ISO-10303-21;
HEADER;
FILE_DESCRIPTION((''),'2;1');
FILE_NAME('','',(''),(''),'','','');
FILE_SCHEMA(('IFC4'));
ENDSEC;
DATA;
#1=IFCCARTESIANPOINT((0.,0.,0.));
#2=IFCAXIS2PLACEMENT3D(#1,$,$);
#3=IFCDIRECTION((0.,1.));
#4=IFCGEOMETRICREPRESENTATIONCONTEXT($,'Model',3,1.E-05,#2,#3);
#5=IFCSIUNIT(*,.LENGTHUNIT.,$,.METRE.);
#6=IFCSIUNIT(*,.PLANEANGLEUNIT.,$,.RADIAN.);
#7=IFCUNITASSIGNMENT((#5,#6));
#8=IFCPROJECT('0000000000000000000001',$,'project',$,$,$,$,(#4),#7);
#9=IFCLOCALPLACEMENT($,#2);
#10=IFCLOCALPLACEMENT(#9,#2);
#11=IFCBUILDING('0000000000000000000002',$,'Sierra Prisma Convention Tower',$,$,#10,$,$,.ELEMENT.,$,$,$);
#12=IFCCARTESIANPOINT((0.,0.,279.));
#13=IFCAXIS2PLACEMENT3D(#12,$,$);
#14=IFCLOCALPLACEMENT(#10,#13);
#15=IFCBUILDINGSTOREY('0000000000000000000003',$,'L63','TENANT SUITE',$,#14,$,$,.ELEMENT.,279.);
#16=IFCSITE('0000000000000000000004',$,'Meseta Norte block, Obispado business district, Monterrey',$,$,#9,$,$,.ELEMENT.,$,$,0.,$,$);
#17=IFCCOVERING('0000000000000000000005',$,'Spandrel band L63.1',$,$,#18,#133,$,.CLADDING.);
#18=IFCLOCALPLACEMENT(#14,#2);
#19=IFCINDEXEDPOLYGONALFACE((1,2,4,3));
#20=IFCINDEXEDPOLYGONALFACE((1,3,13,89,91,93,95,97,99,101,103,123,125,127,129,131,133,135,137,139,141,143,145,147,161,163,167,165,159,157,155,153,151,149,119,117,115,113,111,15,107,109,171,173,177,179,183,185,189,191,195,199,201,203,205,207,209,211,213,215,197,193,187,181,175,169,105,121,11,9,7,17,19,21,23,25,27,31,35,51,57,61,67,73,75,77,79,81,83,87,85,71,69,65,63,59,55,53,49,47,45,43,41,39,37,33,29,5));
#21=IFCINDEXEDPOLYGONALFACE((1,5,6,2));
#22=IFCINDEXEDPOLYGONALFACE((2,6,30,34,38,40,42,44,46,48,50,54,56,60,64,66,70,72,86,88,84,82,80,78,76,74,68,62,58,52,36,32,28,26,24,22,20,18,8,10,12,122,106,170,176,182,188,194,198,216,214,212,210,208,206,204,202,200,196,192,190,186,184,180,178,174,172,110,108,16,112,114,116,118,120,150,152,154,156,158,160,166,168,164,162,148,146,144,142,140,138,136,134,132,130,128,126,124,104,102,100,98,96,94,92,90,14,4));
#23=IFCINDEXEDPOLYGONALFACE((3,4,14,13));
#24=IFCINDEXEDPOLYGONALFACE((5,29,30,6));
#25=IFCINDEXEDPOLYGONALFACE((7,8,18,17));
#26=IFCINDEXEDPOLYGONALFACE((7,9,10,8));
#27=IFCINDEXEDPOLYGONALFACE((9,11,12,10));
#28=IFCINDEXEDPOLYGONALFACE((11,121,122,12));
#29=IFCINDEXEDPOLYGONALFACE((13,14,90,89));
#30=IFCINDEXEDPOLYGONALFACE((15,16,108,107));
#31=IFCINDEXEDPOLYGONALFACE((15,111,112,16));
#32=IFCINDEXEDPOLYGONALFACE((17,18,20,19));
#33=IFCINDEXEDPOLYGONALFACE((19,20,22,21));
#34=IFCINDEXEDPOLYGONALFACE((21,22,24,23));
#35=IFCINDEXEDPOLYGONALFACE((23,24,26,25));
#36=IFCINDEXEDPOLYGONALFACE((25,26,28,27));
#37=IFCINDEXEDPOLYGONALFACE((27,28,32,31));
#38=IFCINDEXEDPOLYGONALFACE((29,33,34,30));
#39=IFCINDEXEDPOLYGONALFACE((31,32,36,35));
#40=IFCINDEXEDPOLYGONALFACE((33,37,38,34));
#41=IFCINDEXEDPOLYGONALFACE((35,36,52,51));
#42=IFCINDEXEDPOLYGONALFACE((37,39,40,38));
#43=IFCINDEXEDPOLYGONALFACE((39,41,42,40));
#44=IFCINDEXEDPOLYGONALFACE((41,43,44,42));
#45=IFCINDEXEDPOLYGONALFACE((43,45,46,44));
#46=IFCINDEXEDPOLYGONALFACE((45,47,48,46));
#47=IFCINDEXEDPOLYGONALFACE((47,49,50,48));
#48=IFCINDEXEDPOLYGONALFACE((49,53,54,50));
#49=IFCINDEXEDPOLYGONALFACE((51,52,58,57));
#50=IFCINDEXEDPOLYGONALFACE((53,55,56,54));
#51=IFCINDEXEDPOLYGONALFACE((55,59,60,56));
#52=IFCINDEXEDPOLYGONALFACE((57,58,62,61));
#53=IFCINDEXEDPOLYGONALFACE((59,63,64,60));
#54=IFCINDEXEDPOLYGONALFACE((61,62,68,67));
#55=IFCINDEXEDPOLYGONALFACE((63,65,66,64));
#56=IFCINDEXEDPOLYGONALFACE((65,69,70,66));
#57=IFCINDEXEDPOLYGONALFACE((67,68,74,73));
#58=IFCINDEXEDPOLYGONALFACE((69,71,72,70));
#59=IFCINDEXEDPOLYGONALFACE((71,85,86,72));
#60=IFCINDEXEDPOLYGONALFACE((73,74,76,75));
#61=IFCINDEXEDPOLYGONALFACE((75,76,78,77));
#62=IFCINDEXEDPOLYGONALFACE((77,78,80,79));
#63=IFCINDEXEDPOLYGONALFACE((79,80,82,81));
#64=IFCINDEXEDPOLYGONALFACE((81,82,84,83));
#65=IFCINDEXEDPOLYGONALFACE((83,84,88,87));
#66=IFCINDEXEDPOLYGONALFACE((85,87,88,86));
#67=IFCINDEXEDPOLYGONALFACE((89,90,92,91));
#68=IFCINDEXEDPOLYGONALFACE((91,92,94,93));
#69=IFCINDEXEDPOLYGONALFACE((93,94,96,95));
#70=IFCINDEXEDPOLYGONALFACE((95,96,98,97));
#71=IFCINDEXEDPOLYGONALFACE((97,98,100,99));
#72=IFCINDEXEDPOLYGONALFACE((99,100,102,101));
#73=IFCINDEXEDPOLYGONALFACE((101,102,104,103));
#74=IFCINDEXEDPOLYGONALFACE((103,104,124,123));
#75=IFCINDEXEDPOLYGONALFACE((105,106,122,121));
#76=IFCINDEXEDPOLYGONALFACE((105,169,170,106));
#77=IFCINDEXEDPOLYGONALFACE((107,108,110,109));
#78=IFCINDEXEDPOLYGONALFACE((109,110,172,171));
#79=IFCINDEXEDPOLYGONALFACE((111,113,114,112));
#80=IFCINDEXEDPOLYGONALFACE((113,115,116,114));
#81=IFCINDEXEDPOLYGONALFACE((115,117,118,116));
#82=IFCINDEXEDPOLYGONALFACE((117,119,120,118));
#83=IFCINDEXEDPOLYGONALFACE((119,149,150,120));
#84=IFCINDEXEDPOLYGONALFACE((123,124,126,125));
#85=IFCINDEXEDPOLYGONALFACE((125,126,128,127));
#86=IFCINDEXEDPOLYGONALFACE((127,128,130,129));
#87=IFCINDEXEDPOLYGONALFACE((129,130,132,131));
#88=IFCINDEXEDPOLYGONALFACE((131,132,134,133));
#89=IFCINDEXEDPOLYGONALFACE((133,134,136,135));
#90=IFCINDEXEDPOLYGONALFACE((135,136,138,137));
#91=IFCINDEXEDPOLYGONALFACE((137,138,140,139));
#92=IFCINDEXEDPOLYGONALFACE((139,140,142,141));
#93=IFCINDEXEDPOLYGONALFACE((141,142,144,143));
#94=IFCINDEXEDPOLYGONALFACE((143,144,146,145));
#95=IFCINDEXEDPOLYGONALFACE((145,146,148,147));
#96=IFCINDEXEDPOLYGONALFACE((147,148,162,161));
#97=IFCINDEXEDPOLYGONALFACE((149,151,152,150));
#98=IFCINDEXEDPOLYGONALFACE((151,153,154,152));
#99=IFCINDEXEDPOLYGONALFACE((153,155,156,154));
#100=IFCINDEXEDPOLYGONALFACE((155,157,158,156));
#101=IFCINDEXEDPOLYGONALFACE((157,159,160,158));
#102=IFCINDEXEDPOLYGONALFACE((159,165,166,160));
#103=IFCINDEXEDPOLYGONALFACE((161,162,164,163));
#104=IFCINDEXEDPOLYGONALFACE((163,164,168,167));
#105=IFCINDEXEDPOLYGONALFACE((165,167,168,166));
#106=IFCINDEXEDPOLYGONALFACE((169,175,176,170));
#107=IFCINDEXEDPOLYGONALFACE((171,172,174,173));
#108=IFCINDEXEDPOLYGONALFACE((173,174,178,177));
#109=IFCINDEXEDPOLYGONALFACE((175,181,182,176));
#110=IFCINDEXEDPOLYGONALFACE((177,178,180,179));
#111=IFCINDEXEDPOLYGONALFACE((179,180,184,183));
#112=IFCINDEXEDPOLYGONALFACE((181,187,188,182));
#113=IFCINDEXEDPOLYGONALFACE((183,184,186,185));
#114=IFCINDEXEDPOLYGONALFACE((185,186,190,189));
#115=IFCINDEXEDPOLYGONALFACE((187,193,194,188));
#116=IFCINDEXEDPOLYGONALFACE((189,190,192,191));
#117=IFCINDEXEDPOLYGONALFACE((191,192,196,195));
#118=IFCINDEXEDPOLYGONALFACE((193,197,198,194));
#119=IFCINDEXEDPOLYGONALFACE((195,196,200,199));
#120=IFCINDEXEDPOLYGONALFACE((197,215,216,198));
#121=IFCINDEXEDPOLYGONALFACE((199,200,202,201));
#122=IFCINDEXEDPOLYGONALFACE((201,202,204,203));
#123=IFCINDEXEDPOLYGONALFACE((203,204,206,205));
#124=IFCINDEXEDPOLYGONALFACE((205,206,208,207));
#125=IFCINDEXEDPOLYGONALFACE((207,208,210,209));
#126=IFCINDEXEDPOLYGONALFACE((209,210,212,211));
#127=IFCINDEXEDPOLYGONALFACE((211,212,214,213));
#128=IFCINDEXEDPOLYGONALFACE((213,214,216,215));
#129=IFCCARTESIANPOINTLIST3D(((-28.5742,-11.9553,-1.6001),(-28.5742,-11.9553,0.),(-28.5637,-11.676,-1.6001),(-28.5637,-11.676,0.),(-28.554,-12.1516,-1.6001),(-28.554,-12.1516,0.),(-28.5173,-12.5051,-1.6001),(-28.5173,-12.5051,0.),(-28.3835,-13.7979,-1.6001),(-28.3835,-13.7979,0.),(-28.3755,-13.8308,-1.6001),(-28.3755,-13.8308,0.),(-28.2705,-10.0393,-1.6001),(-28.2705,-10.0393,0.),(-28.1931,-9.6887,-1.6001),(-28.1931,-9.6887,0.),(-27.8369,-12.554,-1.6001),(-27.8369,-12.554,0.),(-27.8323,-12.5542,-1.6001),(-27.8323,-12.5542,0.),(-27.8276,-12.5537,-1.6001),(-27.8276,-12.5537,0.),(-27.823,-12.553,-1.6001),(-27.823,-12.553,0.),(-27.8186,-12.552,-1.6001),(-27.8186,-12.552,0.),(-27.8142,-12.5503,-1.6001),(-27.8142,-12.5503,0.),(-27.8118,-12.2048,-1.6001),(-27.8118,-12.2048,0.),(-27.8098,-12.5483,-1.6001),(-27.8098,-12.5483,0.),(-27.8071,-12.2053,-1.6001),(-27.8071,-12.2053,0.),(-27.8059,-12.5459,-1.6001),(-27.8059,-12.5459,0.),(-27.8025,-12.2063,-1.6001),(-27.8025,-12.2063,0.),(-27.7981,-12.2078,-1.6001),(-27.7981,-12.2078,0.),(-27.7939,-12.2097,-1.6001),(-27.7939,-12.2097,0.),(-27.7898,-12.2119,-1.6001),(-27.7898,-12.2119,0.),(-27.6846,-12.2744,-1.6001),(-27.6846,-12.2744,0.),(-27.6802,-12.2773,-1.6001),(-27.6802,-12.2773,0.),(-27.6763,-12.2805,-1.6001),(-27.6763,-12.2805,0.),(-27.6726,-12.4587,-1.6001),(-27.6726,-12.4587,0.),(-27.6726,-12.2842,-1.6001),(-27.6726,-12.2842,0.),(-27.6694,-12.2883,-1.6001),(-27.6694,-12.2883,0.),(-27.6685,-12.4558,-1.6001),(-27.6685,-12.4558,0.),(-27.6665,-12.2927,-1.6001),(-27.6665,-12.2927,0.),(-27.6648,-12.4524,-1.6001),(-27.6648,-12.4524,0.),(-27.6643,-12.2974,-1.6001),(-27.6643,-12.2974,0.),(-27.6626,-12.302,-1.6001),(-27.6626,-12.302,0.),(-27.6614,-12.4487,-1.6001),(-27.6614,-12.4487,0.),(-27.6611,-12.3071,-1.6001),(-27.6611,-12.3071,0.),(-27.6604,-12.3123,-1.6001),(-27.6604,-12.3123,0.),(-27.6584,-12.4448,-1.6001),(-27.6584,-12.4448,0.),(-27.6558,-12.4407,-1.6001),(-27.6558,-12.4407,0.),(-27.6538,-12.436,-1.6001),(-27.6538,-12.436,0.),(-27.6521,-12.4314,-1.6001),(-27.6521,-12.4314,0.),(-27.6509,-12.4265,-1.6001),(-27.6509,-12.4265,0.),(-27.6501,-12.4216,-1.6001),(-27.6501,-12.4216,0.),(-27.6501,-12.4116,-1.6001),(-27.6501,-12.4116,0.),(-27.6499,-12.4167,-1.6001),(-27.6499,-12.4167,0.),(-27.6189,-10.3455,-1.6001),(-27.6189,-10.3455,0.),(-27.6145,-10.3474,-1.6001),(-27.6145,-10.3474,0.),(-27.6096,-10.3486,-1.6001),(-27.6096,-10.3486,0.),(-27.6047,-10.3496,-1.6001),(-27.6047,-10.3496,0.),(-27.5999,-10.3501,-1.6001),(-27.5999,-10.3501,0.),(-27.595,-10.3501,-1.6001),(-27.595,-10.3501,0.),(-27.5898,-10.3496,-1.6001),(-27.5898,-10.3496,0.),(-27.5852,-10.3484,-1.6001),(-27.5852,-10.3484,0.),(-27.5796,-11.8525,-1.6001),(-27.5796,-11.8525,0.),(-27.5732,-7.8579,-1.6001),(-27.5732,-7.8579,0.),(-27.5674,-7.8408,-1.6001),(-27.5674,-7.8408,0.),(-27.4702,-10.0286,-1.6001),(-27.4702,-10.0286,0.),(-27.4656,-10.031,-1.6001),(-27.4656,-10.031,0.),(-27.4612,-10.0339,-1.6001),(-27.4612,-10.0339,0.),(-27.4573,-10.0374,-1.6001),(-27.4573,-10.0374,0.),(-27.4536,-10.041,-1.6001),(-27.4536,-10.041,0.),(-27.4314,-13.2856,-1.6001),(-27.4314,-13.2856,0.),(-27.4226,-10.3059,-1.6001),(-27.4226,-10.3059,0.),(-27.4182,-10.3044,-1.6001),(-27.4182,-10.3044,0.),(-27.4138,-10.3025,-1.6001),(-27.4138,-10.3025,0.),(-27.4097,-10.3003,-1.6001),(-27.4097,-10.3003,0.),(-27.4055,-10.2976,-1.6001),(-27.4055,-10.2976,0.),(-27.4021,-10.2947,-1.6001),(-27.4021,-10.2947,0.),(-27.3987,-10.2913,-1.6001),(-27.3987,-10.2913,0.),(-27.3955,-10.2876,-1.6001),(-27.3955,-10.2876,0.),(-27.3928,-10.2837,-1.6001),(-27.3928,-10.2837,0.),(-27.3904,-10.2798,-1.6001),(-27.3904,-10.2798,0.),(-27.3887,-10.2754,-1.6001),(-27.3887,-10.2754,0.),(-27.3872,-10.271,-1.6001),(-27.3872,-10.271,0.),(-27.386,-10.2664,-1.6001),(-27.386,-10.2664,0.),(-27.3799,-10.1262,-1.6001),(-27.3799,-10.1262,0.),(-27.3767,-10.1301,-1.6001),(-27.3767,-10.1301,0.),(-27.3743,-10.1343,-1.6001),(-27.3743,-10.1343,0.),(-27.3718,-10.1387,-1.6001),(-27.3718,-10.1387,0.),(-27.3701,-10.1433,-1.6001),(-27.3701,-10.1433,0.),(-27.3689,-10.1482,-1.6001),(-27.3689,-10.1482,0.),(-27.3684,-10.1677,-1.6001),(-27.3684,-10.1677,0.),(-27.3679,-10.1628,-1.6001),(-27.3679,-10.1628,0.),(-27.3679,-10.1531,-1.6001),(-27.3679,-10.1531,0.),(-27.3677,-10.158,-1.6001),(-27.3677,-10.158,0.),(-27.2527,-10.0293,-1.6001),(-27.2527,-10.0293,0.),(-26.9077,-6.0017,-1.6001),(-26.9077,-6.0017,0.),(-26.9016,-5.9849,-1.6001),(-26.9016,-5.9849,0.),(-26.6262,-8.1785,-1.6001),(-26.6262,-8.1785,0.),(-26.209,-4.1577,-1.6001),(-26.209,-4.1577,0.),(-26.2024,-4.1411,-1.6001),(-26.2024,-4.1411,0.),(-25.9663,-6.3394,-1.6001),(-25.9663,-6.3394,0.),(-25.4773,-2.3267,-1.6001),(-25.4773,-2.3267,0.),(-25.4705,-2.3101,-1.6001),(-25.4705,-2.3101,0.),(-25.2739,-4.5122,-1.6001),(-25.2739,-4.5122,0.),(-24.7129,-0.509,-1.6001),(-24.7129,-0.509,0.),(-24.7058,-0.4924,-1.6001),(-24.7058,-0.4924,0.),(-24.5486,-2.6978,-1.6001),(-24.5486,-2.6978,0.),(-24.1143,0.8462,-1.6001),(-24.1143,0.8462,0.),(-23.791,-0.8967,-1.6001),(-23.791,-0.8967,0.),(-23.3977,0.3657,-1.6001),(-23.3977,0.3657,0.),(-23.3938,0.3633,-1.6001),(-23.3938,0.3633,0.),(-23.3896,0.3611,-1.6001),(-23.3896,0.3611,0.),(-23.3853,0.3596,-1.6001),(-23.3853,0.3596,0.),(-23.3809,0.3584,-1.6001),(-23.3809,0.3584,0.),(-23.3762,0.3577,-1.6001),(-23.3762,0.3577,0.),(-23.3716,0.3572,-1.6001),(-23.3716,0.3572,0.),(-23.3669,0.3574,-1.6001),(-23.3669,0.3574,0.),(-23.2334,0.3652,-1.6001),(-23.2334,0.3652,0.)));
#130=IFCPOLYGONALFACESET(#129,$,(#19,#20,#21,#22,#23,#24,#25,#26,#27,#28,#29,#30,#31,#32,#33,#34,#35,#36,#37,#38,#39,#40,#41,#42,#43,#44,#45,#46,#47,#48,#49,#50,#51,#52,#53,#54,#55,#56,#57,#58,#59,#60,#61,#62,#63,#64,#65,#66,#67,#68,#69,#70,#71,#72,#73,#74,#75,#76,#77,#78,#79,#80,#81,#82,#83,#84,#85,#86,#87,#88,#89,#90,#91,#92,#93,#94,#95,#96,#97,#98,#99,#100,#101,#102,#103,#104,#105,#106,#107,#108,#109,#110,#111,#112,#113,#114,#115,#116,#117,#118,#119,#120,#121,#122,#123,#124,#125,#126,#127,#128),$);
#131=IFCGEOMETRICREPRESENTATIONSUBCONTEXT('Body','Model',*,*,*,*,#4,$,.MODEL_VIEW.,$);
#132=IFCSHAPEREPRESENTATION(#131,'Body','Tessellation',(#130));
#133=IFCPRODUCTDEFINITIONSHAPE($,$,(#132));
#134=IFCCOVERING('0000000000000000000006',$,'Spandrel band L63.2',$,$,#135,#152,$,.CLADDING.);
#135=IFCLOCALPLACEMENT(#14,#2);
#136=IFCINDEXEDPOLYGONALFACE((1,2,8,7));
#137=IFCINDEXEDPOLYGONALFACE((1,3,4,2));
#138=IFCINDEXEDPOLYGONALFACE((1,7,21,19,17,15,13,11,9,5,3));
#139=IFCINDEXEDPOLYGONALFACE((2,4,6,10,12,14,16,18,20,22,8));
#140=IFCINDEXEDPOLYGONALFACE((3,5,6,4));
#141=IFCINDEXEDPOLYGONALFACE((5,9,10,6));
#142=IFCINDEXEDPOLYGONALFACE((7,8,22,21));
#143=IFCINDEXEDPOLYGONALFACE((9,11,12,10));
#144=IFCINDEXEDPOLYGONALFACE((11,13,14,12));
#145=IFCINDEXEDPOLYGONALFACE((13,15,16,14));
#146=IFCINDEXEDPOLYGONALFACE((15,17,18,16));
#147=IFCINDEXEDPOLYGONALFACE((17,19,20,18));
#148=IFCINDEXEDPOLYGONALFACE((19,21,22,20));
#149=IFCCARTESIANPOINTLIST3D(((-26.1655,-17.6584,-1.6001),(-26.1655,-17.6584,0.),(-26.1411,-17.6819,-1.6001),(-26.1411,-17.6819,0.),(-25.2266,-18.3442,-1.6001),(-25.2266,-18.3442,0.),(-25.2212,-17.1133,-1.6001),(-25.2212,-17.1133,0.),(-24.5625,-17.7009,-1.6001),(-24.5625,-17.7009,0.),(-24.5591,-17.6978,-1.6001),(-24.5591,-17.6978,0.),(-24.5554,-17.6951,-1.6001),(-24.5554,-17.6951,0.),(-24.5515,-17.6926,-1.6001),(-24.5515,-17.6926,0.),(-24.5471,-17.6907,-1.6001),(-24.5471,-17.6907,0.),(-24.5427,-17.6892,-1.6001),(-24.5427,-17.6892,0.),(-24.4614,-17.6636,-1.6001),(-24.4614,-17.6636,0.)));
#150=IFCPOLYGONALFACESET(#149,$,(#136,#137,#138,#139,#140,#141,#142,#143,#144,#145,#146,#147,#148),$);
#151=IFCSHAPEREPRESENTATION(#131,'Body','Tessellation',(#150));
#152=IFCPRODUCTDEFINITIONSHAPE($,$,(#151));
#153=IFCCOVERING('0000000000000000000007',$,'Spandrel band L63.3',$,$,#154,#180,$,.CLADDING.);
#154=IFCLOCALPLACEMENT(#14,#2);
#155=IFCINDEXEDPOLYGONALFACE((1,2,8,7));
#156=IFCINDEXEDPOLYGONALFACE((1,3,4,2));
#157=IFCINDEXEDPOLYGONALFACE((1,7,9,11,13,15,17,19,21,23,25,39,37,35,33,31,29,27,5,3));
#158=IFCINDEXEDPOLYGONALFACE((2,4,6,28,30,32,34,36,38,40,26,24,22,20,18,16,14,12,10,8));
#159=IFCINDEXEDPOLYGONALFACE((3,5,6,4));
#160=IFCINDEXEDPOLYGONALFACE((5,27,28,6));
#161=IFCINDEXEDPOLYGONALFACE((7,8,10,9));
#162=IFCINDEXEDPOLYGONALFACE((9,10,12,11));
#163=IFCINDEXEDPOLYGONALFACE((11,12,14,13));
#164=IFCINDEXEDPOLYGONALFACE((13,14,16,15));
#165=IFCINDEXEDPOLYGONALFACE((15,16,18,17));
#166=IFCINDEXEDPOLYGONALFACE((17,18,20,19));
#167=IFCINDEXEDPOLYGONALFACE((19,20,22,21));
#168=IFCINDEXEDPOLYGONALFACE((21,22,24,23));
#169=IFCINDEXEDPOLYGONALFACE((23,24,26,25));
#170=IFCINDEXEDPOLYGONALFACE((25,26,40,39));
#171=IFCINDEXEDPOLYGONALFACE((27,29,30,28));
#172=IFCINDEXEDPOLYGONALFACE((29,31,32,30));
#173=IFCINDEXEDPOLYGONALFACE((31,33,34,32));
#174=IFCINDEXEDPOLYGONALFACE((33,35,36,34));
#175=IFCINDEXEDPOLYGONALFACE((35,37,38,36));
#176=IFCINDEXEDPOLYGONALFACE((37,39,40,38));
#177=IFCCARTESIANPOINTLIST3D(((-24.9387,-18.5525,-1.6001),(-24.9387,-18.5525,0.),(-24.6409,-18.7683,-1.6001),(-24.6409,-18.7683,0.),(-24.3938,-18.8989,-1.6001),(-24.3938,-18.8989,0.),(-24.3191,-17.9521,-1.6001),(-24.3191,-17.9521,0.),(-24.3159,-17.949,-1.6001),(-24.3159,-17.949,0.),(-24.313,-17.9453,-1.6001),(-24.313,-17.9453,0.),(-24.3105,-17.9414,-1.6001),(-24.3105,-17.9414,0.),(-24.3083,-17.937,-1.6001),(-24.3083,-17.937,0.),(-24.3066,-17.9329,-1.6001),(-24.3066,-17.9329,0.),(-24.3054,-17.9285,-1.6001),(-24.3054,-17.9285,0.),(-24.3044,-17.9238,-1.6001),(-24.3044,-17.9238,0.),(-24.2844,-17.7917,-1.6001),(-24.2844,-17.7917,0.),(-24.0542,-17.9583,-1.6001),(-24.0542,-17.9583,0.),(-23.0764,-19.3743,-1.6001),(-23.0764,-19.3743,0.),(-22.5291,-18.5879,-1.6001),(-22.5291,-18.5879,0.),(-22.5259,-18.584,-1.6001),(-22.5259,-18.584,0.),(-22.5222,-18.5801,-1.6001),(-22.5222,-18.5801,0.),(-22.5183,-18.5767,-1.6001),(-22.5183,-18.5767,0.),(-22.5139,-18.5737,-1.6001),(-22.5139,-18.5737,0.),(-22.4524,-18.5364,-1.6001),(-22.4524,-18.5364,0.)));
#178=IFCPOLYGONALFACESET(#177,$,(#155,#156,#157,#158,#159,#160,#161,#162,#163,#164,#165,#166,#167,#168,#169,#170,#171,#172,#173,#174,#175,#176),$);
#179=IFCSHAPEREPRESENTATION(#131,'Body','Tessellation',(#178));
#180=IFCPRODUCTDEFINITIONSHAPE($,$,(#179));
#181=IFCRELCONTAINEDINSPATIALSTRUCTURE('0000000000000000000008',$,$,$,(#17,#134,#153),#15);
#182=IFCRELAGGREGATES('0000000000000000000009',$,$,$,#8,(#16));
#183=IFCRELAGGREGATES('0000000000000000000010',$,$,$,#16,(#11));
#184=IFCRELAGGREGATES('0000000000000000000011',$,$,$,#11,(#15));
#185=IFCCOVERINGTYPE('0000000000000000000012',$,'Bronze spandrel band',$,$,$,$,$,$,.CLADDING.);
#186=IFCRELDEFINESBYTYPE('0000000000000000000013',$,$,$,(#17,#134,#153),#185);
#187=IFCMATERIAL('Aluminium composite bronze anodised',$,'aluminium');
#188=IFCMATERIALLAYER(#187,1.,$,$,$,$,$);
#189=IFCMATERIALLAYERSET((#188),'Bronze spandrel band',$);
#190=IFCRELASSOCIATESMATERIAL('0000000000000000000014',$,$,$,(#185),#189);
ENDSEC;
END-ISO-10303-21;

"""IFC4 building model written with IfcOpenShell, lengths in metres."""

from ifc_helpers import new_model, si_unit, direction, frame, origin, place, context, subcontext, project, spatial, polyline, outline, extrude, material, layer, layer_set, type_object, element, save


model = new_model("IFC4")

# Units and contexts
model_context = context("Model", 3, precision=1e-05, world=origin(), true_north=direction((0.0, 1.0)))
body_context = subcontext(model_context, "Body", "Model", "MODEL_VIEW")
ifc_project = project(units=[si_unit("LENGTHUNIT", "METRE"), si_unit("PLANEANGLEUNIT", "RADIAN")], contexts=[model_context])

# Site, building, storey
site_placement = place(None, origin())
site = spatial("IfcSite", under=ifc_project, at=site_placement, Name="Meseta Norte block, Obispado business district, Monterrey", CompositionType="ELEMENT", RefElevation=0.0)
building_placement = place(site_placement, origin())
building = spatial("IfcBuilding", under=site, at=building_placement, Name="Sierra Prisma Convention Tower", CompositionType="ELEMENT")
storey_placement = place(building_placement, frame((0.0, 0.0, 279.0)))
storey = spatial("IfcBuildingStorey", under=building, at=storey_placement, Name="L63", Description="TENANT SUITE", CompositionType="ELEMENT", Elevation=279.0)

# Coverings
ifc_material_1 = material(Name="Aluminium composite bronze anodised", Category="aluminium")
ifc_layer_1 = layer(ifc_material_1, 1.0)
ifc_layer_set_1 = layer_set([ifc_layer_1], Name="Bronze spandrel band")
covering_type = type_object("IfcCoveringType", Name="Bronze spandrel band", PredefinedType="CLADDING", material=ifc_layer_set_1)
covering_1_placement = place(storey_placement, frame((0.0, 0.0, -1.6001)))
element("IfcCovering", 1, at=covering_1_placement, inside=storey, type_object=covering_type, Name="Spandrel band L63.1", PredefinedType="CLADDING", context=body_context, shape_type="SweptSolid", body=[
    extrude(outline(polyline([(-27.6604, -12.3123), (-27.6611, -12.3071), (-27.6626, -12.302), (-27.6643, -12.2974), (-27.6665, -12.2927), (-27.6694, -12.2883), (-27.6726, -12.2842), (-27.6763, -12.2805), (-27.6802, -12.2773), (-27.6846, -12.2744), (-27.7898, -12.2119), (-27.7939, -12.2097), (-27.7981, -12.2078), (-27.8025, -12.2063), (-27.8071, -12.2053), (-27.8118, -12.2048), (-28.554, -12.1516), (-28.5742, -11.9553), (-28.5637, -11.676), (-28.2705, -10.0393), (-27.6189, -10.3455), (-27.6145, -10.3474), (-27.6096, -10.3486), (-27.6047, -10.3496), (-27.5999, -10.3501), (-27.595, -10.3501), (-27.5898, -10.3496), (-27.5852, -10.3484), (-27.4226, -10.3059), (-27.4182, -10.3044), (-27.4138, -10.3025), (-27.4097, -10.3003), (-27.4055, -10.2976), (-27.4021, -10.2947), (-27.3987, -10.2913), (-27.3955, -10.2876), (-27.3928, -10.2837), (-27.3904, -10.2798), (-27.3887, -10.2754), (-27.3872, -10.271), (-27.386, -10.2664), (-27.3684, -10.1677), (-27.3679, -10.1628), (-27.3677, -10.158), (-27.3679, -10.1531), (-27.3689, -10.1482), (-27.3701, -10.1433), (-27.3718, -10.1387), (-27.3743, -10.1343), (-27.3767, -10.1301), (-27.3799, -10.1262), (-27.4536, -10.041), (-27.4573, -10.0374), (-27.4612, -10.0339), (-27.4656, -10.031), (-27.4702, -10.0286), (-28.1931, -9.6887), (-27.5732, -7.8579), (-27.5674, -7.8408), (-26.9077, -6.0017), (-26.9016, -5.9849), (-26.209, -4.1577), (-26.2024, -4.1411), (-25.4773, -2.3267), (-25.4705, -2.3101), (-24.7129, -0.509), (-24.7058, -0.4924), (-24.1143, 0.8462), (-23.3977, 0.3657), (-23.3938, 0.3633), (-23.3896, 0.3611), (-23.3853, 0.3596), (-23.3809, 0.3584), (-23.3762, 0.3577), (-23.3716, 0.3572), (-23.3669, 0.3574), (-23.2334, 0.3652), (-23.791, -0.8967), (-24.5486, -2.6978), (-25.2739, -4.5122), (-25.9663, -6.3394), (-26.6262, -8.1785), (-27.2527, -10.0293), (-27.5796, -11.8525), (-27.4314, -13.2856), (-28.3755, -13.8308), (-28.3835, -13.7979), (-28.5173, -12.5051), (-27.8369, -12.554), (-27.8323, -12.5542), (-27.8276, -12.5537), (-27.823, -12.553), (-27.8186, -12.552), (-27.8142, -12.5503), (-27.8098, -12.5483), (-27.8059, -12.5459), (-27.6726, -12.4587), (-27.6685, -12.4558), (-27.6648, -12.4524), (-27.6614, -12.4487), (-27.6584, -12.4448), (-27.6558, -12.4407), (-27.6538, -12.436), (-27.6521, -12.4314), (-27.6509, -12.4265), (-27.6501, -12.4216), (-27.6499, -12.4167), (-27.6501, -12.4116), (-27.6604, -12.3123)])), origin(), (0.0, 0.0, 1.0), 1.6001),
])
covering_2_placement = place(storey_placement, frame((0.0, 0.0, -1.6001)))
element("IfcCovering", 2, at=covering_2_placement, inside=storey, type_object=covering_type, Name="Spandrel band L63.2", PredefinedType="CLADDING", context=body_context, shape_type="SweptSolid", body=[
    extrude(outline(polyline([(-24.5554, -17.6951), (-24.5591, -17.6978), (-24.5625, -17.7009), (-25.2266, -18.3442), (-26.1411, -17.6819), (-26.1655, -17.6584), (-25.2212, -17.1133), (-24.4614, -17.6636), (-24.5427, -17.6892), (-24.5471, -17.6907), (-24.5515, -17.6926), (-24.5554, -17.6951)])), origin(), (0.0, 0.0, 1.0), 1.6001),
])
covering_3_placement = place(storey_placement, frame((0.0, 0.0, -1.6001)))
element("IfcCovering", 3, at=covering_3_placement, inside=storey, type_object=covering_type, Name="Spandrel band L63.3", PredefinedType="CLADDING", context=body_context, shape_type="SweptSolid", body=[
    extrude(outline(polyline([(-22.5222, -18.5801), (-22.5259, -18.584), (-22.5291, -18.5879), (-23.0764, -19.3743), (-24.3938, -18.8989), (-24.6409, -18.7683), (-24.9387, -18.5525), (-24.3191, -17.9521), (-24.3159, -17.949), (-24.313, -17.9453), (-24.3105, -17.9414), (-24.3083, -17.937), (-24.3066, -17.9329), (-24.3054, -17.9285), (-24.3044, -17.9238), (-24.2844, -17.7917), (-24.0542, -17.9583), (-22.4524, -18.5364), (-22.5139, -18.5737), (-22.5183, -18.5767), (-22.5222, -18.5801)])), origin(), (0.0, 0.0, 1.0), 1.6001),
])

save(model, "model.ifc")
